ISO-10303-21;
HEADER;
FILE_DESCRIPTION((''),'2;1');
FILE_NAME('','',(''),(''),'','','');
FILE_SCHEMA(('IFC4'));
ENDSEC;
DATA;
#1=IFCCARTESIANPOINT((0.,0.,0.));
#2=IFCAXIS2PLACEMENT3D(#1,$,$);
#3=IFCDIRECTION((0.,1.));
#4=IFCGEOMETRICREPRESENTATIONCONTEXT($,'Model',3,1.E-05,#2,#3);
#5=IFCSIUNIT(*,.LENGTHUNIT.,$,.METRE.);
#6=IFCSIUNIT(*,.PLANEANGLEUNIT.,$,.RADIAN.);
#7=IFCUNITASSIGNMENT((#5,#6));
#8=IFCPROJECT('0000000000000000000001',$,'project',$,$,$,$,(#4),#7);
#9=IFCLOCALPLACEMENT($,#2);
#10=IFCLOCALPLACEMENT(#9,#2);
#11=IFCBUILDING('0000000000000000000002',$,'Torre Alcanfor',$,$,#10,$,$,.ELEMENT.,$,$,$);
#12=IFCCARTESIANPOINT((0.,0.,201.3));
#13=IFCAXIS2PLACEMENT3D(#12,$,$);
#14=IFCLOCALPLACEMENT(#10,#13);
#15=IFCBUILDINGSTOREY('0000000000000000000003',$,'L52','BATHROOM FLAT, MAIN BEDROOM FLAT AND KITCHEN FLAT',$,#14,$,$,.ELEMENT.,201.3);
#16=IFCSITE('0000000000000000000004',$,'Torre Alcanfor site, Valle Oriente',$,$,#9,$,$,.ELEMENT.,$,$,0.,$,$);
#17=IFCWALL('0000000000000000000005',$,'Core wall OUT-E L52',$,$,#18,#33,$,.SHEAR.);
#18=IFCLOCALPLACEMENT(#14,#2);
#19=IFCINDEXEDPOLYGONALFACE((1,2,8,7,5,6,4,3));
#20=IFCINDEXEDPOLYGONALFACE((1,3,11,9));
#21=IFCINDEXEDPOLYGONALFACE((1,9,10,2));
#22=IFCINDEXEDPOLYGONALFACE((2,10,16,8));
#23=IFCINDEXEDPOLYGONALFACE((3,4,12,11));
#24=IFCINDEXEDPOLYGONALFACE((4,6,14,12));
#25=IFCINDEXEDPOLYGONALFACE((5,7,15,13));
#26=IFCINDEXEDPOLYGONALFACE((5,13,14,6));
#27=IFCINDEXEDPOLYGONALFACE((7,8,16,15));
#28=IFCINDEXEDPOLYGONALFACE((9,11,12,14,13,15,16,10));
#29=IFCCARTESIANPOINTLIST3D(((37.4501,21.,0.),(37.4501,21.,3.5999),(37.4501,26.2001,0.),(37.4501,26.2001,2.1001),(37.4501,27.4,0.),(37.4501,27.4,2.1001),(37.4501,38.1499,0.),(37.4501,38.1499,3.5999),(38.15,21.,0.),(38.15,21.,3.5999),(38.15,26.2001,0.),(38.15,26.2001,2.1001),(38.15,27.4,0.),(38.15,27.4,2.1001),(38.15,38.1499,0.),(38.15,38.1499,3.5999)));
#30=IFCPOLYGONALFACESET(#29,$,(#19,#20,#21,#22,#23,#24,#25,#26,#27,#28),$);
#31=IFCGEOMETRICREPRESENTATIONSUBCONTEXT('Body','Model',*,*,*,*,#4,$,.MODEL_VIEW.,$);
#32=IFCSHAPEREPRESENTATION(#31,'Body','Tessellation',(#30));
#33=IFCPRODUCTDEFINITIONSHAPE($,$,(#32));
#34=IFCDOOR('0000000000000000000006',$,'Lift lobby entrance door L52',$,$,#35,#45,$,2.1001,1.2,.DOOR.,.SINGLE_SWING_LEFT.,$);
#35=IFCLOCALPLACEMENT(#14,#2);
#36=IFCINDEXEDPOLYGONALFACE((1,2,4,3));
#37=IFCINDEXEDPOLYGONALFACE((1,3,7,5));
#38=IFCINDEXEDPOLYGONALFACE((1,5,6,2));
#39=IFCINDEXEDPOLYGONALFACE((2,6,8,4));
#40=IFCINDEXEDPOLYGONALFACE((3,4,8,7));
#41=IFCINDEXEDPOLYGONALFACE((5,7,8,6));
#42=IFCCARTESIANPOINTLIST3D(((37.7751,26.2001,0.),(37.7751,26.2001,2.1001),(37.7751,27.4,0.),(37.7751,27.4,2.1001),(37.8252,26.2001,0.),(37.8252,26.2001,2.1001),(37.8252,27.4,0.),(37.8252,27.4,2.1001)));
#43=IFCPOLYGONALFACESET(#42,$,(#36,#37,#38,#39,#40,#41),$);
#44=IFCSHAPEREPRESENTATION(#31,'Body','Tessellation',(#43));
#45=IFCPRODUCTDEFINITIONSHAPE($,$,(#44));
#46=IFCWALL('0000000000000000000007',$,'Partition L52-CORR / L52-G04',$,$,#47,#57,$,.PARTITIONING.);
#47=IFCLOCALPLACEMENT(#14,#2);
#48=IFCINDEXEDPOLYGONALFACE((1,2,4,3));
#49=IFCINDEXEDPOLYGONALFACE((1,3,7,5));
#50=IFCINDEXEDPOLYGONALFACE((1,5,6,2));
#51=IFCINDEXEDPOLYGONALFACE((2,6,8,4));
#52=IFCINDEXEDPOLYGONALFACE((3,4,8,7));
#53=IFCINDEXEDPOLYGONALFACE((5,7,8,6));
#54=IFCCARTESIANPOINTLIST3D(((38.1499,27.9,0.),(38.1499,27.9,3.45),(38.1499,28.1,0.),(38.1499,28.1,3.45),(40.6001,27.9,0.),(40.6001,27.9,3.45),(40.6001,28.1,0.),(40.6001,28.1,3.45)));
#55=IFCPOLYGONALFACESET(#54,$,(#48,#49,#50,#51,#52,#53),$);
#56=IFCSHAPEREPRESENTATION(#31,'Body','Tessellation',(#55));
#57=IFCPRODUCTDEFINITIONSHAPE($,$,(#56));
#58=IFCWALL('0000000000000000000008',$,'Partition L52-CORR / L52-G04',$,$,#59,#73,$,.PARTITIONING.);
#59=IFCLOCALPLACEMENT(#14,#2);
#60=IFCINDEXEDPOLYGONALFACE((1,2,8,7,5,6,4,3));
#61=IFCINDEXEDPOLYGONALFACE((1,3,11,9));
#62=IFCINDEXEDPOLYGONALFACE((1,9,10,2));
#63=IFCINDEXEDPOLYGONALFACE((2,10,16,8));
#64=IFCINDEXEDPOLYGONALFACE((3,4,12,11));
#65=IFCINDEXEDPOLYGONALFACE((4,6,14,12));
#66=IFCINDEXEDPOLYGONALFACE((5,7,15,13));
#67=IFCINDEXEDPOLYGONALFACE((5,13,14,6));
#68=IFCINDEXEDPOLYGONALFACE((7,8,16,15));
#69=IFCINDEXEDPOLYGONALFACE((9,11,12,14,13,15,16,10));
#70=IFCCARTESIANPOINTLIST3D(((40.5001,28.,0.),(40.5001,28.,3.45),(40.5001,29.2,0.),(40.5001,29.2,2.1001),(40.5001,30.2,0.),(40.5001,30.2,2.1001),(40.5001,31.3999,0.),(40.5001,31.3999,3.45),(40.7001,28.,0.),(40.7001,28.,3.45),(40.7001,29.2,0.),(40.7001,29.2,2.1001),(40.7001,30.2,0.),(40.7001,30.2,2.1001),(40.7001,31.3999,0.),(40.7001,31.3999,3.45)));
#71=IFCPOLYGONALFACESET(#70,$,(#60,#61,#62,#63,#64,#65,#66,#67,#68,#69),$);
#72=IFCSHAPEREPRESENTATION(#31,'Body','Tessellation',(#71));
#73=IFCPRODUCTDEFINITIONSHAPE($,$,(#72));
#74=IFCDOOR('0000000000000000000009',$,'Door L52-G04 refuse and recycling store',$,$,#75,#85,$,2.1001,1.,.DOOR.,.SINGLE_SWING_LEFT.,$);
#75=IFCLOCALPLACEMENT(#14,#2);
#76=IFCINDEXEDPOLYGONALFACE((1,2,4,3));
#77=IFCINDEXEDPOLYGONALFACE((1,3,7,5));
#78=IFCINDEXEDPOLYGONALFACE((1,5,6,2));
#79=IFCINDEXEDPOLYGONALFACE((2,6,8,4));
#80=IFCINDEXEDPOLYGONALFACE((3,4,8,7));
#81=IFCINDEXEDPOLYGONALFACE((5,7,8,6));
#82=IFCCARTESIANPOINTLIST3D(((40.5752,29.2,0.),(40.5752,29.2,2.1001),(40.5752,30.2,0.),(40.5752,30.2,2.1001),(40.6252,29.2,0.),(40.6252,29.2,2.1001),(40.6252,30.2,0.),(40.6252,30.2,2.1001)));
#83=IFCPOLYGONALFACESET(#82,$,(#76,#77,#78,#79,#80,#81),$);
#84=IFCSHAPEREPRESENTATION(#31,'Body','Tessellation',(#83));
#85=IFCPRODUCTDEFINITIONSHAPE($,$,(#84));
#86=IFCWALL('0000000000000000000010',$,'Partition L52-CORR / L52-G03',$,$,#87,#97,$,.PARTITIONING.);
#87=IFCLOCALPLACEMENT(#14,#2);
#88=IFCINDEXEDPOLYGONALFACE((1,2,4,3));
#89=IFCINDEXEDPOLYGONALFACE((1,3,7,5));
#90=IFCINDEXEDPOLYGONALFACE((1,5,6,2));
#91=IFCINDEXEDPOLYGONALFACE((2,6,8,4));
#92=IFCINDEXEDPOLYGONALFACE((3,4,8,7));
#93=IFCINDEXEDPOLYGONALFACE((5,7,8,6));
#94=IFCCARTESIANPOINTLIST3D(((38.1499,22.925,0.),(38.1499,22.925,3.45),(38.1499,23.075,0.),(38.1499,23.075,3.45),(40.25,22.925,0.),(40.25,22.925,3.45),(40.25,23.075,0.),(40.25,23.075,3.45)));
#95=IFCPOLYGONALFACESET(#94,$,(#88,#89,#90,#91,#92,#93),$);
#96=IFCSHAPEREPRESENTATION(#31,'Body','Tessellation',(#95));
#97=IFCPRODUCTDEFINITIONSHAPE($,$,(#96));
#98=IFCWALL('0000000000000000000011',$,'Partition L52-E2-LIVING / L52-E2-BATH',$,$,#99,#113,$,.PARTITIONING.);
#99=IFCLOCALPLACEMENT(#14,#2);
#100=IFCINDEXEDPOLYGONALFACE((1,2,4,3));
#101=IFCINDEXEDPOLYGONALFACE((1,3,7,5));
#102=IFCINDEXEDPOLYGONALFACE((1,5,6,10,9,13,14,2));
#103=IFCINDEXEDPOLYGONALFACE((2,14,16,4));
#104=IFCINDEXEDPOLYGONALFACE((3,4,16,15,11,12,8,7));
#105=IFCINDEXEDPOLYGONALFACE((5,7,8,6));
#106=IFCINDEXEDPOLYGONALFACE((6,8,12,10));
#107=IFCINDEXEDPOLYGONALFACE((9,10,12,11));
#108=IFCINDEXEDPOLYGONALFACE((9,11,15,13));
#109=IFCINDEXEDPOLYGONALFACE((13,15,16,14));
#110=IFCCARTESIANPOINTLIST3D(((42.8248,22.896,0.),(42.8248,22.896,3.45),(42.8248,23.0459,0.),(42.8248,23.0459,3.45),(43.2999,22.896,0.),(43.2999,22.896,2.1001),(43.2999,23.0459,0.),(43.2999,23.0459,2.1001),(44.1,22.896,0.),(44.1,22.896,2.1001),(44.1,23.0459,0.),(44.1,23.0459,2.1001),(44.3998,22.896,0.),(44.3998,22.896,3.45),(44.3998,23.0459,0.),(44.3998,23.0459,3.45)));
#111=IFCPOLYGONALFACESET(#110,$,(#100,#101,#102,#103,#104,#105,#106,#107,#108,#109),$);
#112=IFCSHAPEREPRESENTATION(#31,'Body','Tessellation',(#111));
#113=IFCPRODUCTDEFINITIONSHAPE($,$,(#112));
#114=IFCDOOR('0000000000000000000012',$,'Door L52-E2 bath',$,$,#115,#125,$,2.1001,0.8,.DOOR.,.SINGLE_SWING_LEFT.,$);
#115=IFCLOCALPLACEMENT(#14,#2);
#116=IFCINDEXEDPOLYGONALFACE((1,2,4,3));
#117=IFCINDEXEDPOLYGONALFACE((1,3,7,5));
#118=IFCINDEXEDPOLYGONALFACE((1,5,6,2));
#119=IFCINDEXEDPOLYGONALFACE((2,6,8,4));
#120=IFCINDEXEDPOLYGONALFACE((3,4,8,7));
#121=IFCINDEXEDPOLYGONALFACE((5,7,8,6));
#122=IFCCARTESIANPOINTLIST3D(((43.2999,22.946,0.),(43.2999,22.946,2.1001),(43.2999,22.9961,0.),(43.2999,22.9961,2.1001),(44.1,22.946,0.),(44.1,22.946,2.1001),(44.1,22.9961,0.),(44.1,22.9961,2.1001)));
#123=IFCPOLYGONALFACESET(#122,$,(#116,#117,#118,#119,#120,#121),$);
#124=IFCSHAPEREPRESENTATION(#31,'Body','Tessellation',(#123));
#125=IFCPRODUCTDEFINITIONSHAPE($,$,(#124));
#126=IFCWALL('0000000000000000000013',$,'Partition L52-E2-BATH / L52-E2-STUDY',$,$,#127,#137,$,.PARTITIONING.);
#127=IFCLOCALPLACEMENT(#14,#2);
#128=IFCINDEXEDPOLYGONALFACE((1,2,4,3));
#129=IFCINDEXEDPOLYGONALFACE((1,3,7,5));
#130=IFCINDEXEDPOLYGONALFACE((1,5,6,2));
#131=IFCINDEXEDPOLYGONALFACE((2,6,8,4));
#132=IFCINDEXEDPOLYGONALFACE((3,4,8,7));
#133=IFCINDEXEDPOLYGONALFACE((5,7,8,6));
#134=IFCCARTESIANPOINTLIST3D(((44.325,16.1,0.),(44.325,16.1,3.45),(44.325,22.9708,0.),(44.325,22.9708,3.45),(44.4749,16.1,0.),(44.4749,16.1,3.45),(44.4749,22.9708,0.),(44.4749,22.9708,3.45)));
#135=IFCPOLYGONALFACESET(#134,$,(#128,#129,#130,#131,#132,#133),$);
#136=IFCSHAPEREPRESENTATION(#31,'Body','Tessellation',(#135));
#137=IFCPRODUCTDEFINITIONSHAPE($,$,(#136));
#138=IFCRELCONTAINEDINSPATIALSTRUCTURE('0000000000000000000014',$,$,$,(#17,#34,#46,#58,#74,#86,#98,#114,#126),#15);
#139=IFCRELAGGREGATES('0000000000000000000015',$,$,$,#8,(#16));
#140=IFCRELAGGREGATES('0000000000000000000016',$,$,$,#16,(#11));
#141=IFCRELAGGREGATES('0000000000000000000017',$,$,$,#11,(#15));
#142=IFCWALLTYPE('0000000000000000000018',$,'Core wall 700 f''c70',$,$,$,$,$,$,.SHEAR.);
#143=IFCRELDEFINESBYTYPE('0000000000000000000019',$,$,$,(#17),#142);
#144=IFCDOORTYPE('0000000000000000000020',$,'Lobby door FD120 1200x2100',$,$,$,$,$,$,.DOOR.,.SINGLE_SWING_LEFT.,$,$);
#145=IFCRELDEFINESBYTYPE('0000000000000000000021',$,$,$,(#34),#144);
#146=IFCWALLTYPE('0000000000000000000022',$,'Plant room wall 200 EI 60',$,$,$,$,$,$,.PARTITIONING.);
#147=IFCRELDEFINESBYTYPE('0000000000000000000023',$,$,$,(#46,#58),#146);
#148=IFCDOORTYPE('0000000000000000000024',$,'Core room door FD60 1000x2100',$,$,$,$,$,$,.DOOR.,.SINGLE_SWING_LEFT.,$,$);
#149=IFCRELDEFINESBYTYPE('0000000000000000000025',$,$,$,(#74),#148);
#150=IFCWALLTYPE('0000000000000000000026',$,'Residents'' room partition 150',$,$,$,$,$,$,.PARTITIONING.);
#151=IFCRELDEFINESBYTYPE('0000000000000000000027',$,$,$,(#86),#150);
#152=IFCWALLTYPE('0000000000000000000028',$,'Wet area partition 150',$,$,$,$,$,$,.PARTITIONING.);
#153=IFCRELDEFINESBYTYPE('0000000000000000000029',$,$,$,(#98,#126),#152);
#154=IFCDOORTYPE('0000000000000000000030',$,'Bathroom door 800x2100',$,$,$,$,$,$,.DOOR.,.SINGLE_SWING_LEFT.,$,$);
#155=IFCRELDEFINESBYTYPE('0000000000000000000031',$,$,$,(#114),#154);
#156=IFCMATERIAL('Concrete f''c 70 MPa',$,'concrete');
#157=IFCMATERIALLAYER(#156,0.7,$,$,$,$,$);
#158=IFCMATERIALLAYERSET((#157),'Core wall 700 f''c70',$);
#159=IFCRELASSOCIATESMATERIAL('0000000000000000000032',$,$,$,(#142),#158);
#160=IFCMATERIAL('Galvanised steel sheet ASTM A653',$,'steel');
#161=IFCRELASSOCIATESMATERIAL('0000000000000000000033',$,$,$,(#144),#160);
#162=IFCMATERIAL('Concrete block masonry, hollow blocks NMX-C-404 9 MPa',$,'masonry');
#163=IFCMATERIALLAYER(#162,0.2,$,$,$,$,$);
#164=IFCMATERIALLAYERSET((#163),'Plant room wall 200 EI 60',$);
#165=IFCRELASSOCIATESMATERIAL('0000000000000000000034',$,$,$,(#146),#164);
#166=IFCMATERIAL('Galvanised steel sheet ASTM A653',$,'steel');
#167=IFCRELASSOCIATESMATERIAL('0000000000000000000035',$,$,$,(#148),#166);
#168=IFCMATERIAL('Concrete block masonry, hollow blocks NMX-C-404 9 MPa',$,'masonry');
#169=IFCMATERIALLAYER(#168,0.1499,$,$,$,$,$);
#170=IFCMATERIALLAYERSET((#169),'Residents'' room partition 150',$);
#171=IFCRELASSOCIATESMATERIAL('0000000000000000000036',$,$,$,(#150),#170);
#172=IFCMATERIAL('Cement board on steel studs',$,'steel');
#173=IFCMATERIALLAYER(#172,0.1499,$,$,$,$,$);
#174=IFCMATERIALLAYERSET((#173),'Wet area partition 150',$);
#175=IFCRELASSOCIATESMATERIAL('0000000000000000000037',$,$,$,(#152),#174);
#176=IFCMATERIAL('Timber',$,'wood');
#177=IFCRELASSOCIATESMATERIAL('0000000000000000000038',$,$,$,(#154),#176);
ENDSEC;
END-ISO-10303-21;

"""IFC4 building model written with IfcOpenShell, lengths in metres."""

from ifc_helpers import new_model, si_unit, direction, frame, frame_2d, origin, place, context, subcontext, project, spatial, rectangle, extrude, material, layer, layer_set, type_object, element, fill, save


model = new_model("IFC4")

# Units and contexts
model_context = context("Model", 3, precision=1e-05, world=origin(), true_north=direction((0.0, 1.0)))
body_context = subcontext(model_context, "Body", "Model", "MODEL_VIEW")
ifc_project = project(units=[si_unit("LENGTHUNIT", "METRE"), si_unit("PLANEANGLEUNIT", "RADIAN")], contexts=[model_context])

# Site, building, storey
site_placement = place(None, origin())
site = spatial("IfcSite", under=ifc_project, at=site_placement, Name="Torre Alcanfor site, Valle Oriente", CompositionType="ELEMENT", RefElevation=0.0)
building_placement = place(site_placement, origin())
building = spatial("IfcBuilding", under=site, at=building_placement, Name="Torre Alcanfor", CompositionType="ELEMENT")
storey_placement = place(building_placement, frame((0.0, 0.0, 201.3)))
storey = spatial("IfcBuildingStorey", under=building, at=storey_placement, Name="L52", Description="BATHROOM FLAT, MAIN BEDROOM FLAT AND KITCHEN FLAT", CompositionType="ELEMENT", Elevation=201.3)

# Wall, opening, door
ifc_material_1 = material(Name="Concrete f'c 70 MPa", Category="concrete")
ifc_layer_1 = layer(ifc_material_1, 0.7)
ifc_layer_set_1 = layer_set([ifc_layer_1], Name="Core wall 700 f'c70")
wall_type_1 = type_object("IfcWallType", Name="Core wall 700 f'c70", PredefinedType="SHEAR", material=ifc_layer_set_1)
wall_1_placement = place(storey_placement, frame((37.8, 21.0, 0.0), z_axis=(0.0, 0.0, 1.0), x_axis=(0.0, 1.0, 0.0)))
wall_1 = element("IfcWall", 1, at=wall_1_placement, inside=storey, type_object=wall_type_1, Name="Core wall OUT-E L52", PredefinedType="SHEAR", context=body_context, shape_type="SweptSolid", body=[
    extrude(rectangle(XDim=17.1499, YDim=0.7, at=frame_2d((8.575, 0.0))), origin(), (0.0, 0.0, 1.0), 3.5999),
])
opening_1_placement = place(wall_1_placement, frame((5.2, 0.0, 0.0)))
opening_1 = element("IfcOpeningElement", 2, at=opening_1_placement, cuts=wall_1, PredefinedType="OPENING", context=body_context, shape_type="SweptSolid", body=[
    extrude(rectangle(XDim=1.2, YDim=2.1001, at=frame_2d((0.6001, 1.05))), frame((0.0, 0.3599, 0.0), z_axis=(0.0, -1.0, 0.0), x_axis=(1.0, 0.0, 0.0)), (0.0, 0.0, 1.0), 0.72),
])
ifc_material_2 = material(Name="Galvanised steel sheet ASTM A653", Category="steel")
door_type_1 = type_object("IfcDoorType", Name="Lobby door FD120 1200x2100", OperationType="SINGLE_SWING_LEFT", PredefinedType="DOOR", material=ifc_material_2)
door_1_placement = place(opening_1_placement, origin())
door_1 = element("IfcDoor", 3, at=door_1_placement, inside=storey, type_object=door_type_1, Name="Lift lobby entrance door L52", OperationType="SINGLE_SWING_LEFT", OverallHeight=2.1001, OverallWidth=1.2, PredefinedType="DOOR", context=body_context, shape_type="SweptSolid", body=[
    extrude(rectangle(XDim=1.2, YDim=2.1001, at=frame_2d((0.6001, 1.05))), frame((0.0, 0.0249, 0.0), z_axis=(0.0, -1.0, 0.0), x_axis=(1.0, 0.0, 0.0)), (0.0, 0.0, 1.0), 0.05),
])
fill(opening_1, door_1)

# Wall
ifc_material_3 = material(Name="Concrete block masonry, hollow blocks NMX-C-404 9 MPa", Category="masonry")
ifc_layer_2 = layer(ifc_material_3, 0.2)
ifc_layer_set_2 = layer_set([ifc_layer_2], Name="Plant room wall 200 EI 60")
wall_type_2 = type_object("IfcWallType", Name="Plant room wall 200 EI 60", PredefinedType="PARTITIONING", material=ifc_layer_set_2)
wall_2_placement = place(storey_placement, frame((38.1499, 28.0, 0.0), z_axis=(0.0, 0.0, 1.0), x_axis=(1.0, 0.0, 0.0)))
element("IfcWall", 4, at=wall_2_placement, inside=storey, type_object=wall_type_2, Name="Partition L52-CORR / L52-G04", PredefinedType="PARTITIONING", context=body_context, shape_type="SweptSolid", body=[
    extrude(rectangle(XDim=2.4502, YDim=0.2, at=frame_2d((1.2251, 0.0))), origin(), (0.0, 0.0, 1.0), 3.45),
])

# Wall, opening, door
wall_3_placement = place(storey_placement, frame((40.6001, 28.0, 0.0), z_axis=(0.0, 0.0, 1.0), x_axis=(0.0, 1.0, 0.0)))
wall_3 = element("IfcWall", 5, at=wall_3_placement, inside=storey, type_object=wall_type_2, Name="Partition L52-CORR / L52-G04", PredefinedType="PARTITIONING", context=body_context, shape_type="SweptSolid", body=[
    extrude(rectangle(XDim=3.3999, YDim=0.2, at=frame_2d((1.7, 0.0))), origin(), (0.0, 0.0, 1.0), 3.45),
])
opening_2_placement = place(wall_3_placement, frame((1.2, 0.0, 0.0)))
opening_2 = element("IfcOpeningElement", 6, at=opening_2_placement, cuts=wall_3, PredefinedType="OPENING", context=body_context, shape_type="SweptSolid", body=[
    extrude(rectangle(XDim=1.0, YDim=2.1001, at=frame_2d((0.5, 1.05))), frame((0.0, 0.1099, 0.0), z_axis=(0.0, -1.0, 0.0), x_axis=(1.0, 0.0, 0.0)), (0.0, 0.0, 1.0), 0.22),
])
ifc_material_4 = material(Name="Galvanised steel sheet ASTM A653", Category="steel")
door_type_2 = type_object("IfcDoorType", Name="Core room door FD60 1000x2100", OperationType="SINGLE_SWING_LEFT", PredefinedType="DOOR", material=ifc_material_4)
door_2_placement = place(opening_2_placement, origin())
door_2 = element("IfcDoor", 7, at=door_2_placement, inside=storey, type_object=door_type_2, Name="Door L52-G04 refuse and recycling store", OperationType="SINGLE_SWING_LEFT", OverallHeight=2.1001, OverallWidth=1.0, PredefinedType="DOOR", context=body_context, shape_type="SweptSolid", body=[
    extrude(rectangle(XDim=1.0, YDim=2.1001, at=frame_2d((0.5, 1.05))), frame((0.0, 0.0249, 0.0), z_axis=(0.0, -1.0, 0.0), x_axis=(1.0, 0.0, 0.0)), (0.0, 0.0, 1.0), 0.05),
])
fill(opening_2, door_2)

# Wall
ifc_material_5 = material(Name="Concrete block masonry, hollow blocks NMX-C-404 9 MPa", Category="masonry")
ifc_layer_3 = layer(ifc_material_5, 0.1499)
ifc_layer_set_3 = layer_set([ifc_layer_3], Name="Residents' room partition 150")
wall_type_3 = type_object("IfcWallType", Name="Residents' room partition 150", PredefinedType="PARTITIONING", material=ifc_layer_set_3)
wall_4_placement = place(storey_placement, frame((40.25, 23.0, 0.0), z_axis=(0.0, 0.0, 1.0), x_axis=(-1.0, 0.0, 0.0)))
element("IfcWall", 8, at=wall_4_placement, inside=storey, type_object=wall_type_3, Name="Partition L52-CORR / L52-G03", PredefinedType="PARTITIONING", context=body_context, shape_type="SweptSolid", body=[
    extrude(rectangle(XDim=2.1001, YDim=0.1499, at=frame_2d((1.05, 0.0))), origin(), (0.0, 0.0, 1.0), 3.45),
])

# Wall, opening, door
ifc_material_6 = material(Name="Cement board on steel studs", Category="steel")
ifc_layer_4 = layer(ifc_material_6, 0.1499)
ifc_layer_set_4 = layer_set([ifc_layer_4], Name="Wet area partition 150")
wall_type_4 = type_object("IfcWallType", Name="Wet area partition 150", PredefinedType="PARTITIONING", material=ifc_layer_set_4)
wall_5_placement = place(storey_placement, frame((44.3999, 22.9709, 0.0), z_axis=(0.0, 0.0, 1.0), x_axis=(-1.0, 0.0, 0.0)))
wall_5 = element("IfcWall", 9, at=wall_5_placement, inside=storey, type_object=wall_type_4, Name="Partition L52-E2-LIVING / L52-E2-BATH", PredefinedType="PARTITIONING", context=body_context, shape_type="SweptSolid", body=[
    extrude(rectangle(XDim=1.575, YDim=0.1499, at=frame_2d((0.7876, 0.0))), origin(), (0.0, 0.0, 1.0), 3.45),
])
opening_3_placement = place(wall_5_placement, frame((0.3, 0.0, 0.0)))
opening_3 = element("IfcOpeningElement", 10, at=opening_3_placement, cuts=wall_5, PredefinedType="OPENING", context=body_context, shape_type="SweptSolid", body=[
    extrude(rectangle(XDim=0.8, YDim=2.1001, at=frame_2d((0.3999, 1.05))), frame((0.0, 0.085, 0.0), z_axis=(0.0, -1.0, 0.0), x_axis=(1.0, 0.0, 0.0)), (0.0, 0.0, 1.0), 0.1699),
])
ifc_material_7 = material(Name="Timber", Category="wood")
door_type_3 = type_object("IfcDoorType", Name="Bathroom door 800x2100", OperationType="SINGLE_SWING_LEFT", PredefinedType="DOOR", material=ifc_material_7)
door_3_placement = place(opening_3_placement, origin())
door_3 = element("IfcDoor", 11, at=door_3_placement, inside=storey, type_object=door_type_3, Name="Door L52-E2 bath", OperationType="SINGLE_SWING_LEFT", OverallHeight=2.1001, OverallWidth=0.8, PredefinedType="DOOR", context=body_context, shape_type="SweptSolid", body=[
    extrude(rectangle(XDim=0.8, YDim=2.1001, at=frame_2d((0.3999, 1.05))), frame((0.0, 0.0249, 0.0), z_axis=(0.0, -1.0, 0.0), x_axis=(1.0, 0.0, 0.0)), (0.0, 0.0, 1.0), 0.05),
])
fill(opening_3, door_3)

# Wall
wall_6_placement = place(storey_placement, frame((44.3999, 22.9709, 0.0), z_axis=(0.0, 0.0, 1.0), x_axis=(0.0, -1.0, 0.0)))
element("IfcWall", 12, at=wall_6_placement, inside=storey, type_object=wall_type_4, Name="Partition L52-E2-BATH / L52-E2-STUDY", PredefinedType="PARTITIONING", context=body_context, shape_type="SweptSolid", body=[
    extrude(rectangle(XDim=6.8708, YDim=0.1499, at=frame_2d((3.4355, 0.0))), origin(), (0.0, 0.0, 1.0), 3.45),
])

save(model, "model.ifc")
